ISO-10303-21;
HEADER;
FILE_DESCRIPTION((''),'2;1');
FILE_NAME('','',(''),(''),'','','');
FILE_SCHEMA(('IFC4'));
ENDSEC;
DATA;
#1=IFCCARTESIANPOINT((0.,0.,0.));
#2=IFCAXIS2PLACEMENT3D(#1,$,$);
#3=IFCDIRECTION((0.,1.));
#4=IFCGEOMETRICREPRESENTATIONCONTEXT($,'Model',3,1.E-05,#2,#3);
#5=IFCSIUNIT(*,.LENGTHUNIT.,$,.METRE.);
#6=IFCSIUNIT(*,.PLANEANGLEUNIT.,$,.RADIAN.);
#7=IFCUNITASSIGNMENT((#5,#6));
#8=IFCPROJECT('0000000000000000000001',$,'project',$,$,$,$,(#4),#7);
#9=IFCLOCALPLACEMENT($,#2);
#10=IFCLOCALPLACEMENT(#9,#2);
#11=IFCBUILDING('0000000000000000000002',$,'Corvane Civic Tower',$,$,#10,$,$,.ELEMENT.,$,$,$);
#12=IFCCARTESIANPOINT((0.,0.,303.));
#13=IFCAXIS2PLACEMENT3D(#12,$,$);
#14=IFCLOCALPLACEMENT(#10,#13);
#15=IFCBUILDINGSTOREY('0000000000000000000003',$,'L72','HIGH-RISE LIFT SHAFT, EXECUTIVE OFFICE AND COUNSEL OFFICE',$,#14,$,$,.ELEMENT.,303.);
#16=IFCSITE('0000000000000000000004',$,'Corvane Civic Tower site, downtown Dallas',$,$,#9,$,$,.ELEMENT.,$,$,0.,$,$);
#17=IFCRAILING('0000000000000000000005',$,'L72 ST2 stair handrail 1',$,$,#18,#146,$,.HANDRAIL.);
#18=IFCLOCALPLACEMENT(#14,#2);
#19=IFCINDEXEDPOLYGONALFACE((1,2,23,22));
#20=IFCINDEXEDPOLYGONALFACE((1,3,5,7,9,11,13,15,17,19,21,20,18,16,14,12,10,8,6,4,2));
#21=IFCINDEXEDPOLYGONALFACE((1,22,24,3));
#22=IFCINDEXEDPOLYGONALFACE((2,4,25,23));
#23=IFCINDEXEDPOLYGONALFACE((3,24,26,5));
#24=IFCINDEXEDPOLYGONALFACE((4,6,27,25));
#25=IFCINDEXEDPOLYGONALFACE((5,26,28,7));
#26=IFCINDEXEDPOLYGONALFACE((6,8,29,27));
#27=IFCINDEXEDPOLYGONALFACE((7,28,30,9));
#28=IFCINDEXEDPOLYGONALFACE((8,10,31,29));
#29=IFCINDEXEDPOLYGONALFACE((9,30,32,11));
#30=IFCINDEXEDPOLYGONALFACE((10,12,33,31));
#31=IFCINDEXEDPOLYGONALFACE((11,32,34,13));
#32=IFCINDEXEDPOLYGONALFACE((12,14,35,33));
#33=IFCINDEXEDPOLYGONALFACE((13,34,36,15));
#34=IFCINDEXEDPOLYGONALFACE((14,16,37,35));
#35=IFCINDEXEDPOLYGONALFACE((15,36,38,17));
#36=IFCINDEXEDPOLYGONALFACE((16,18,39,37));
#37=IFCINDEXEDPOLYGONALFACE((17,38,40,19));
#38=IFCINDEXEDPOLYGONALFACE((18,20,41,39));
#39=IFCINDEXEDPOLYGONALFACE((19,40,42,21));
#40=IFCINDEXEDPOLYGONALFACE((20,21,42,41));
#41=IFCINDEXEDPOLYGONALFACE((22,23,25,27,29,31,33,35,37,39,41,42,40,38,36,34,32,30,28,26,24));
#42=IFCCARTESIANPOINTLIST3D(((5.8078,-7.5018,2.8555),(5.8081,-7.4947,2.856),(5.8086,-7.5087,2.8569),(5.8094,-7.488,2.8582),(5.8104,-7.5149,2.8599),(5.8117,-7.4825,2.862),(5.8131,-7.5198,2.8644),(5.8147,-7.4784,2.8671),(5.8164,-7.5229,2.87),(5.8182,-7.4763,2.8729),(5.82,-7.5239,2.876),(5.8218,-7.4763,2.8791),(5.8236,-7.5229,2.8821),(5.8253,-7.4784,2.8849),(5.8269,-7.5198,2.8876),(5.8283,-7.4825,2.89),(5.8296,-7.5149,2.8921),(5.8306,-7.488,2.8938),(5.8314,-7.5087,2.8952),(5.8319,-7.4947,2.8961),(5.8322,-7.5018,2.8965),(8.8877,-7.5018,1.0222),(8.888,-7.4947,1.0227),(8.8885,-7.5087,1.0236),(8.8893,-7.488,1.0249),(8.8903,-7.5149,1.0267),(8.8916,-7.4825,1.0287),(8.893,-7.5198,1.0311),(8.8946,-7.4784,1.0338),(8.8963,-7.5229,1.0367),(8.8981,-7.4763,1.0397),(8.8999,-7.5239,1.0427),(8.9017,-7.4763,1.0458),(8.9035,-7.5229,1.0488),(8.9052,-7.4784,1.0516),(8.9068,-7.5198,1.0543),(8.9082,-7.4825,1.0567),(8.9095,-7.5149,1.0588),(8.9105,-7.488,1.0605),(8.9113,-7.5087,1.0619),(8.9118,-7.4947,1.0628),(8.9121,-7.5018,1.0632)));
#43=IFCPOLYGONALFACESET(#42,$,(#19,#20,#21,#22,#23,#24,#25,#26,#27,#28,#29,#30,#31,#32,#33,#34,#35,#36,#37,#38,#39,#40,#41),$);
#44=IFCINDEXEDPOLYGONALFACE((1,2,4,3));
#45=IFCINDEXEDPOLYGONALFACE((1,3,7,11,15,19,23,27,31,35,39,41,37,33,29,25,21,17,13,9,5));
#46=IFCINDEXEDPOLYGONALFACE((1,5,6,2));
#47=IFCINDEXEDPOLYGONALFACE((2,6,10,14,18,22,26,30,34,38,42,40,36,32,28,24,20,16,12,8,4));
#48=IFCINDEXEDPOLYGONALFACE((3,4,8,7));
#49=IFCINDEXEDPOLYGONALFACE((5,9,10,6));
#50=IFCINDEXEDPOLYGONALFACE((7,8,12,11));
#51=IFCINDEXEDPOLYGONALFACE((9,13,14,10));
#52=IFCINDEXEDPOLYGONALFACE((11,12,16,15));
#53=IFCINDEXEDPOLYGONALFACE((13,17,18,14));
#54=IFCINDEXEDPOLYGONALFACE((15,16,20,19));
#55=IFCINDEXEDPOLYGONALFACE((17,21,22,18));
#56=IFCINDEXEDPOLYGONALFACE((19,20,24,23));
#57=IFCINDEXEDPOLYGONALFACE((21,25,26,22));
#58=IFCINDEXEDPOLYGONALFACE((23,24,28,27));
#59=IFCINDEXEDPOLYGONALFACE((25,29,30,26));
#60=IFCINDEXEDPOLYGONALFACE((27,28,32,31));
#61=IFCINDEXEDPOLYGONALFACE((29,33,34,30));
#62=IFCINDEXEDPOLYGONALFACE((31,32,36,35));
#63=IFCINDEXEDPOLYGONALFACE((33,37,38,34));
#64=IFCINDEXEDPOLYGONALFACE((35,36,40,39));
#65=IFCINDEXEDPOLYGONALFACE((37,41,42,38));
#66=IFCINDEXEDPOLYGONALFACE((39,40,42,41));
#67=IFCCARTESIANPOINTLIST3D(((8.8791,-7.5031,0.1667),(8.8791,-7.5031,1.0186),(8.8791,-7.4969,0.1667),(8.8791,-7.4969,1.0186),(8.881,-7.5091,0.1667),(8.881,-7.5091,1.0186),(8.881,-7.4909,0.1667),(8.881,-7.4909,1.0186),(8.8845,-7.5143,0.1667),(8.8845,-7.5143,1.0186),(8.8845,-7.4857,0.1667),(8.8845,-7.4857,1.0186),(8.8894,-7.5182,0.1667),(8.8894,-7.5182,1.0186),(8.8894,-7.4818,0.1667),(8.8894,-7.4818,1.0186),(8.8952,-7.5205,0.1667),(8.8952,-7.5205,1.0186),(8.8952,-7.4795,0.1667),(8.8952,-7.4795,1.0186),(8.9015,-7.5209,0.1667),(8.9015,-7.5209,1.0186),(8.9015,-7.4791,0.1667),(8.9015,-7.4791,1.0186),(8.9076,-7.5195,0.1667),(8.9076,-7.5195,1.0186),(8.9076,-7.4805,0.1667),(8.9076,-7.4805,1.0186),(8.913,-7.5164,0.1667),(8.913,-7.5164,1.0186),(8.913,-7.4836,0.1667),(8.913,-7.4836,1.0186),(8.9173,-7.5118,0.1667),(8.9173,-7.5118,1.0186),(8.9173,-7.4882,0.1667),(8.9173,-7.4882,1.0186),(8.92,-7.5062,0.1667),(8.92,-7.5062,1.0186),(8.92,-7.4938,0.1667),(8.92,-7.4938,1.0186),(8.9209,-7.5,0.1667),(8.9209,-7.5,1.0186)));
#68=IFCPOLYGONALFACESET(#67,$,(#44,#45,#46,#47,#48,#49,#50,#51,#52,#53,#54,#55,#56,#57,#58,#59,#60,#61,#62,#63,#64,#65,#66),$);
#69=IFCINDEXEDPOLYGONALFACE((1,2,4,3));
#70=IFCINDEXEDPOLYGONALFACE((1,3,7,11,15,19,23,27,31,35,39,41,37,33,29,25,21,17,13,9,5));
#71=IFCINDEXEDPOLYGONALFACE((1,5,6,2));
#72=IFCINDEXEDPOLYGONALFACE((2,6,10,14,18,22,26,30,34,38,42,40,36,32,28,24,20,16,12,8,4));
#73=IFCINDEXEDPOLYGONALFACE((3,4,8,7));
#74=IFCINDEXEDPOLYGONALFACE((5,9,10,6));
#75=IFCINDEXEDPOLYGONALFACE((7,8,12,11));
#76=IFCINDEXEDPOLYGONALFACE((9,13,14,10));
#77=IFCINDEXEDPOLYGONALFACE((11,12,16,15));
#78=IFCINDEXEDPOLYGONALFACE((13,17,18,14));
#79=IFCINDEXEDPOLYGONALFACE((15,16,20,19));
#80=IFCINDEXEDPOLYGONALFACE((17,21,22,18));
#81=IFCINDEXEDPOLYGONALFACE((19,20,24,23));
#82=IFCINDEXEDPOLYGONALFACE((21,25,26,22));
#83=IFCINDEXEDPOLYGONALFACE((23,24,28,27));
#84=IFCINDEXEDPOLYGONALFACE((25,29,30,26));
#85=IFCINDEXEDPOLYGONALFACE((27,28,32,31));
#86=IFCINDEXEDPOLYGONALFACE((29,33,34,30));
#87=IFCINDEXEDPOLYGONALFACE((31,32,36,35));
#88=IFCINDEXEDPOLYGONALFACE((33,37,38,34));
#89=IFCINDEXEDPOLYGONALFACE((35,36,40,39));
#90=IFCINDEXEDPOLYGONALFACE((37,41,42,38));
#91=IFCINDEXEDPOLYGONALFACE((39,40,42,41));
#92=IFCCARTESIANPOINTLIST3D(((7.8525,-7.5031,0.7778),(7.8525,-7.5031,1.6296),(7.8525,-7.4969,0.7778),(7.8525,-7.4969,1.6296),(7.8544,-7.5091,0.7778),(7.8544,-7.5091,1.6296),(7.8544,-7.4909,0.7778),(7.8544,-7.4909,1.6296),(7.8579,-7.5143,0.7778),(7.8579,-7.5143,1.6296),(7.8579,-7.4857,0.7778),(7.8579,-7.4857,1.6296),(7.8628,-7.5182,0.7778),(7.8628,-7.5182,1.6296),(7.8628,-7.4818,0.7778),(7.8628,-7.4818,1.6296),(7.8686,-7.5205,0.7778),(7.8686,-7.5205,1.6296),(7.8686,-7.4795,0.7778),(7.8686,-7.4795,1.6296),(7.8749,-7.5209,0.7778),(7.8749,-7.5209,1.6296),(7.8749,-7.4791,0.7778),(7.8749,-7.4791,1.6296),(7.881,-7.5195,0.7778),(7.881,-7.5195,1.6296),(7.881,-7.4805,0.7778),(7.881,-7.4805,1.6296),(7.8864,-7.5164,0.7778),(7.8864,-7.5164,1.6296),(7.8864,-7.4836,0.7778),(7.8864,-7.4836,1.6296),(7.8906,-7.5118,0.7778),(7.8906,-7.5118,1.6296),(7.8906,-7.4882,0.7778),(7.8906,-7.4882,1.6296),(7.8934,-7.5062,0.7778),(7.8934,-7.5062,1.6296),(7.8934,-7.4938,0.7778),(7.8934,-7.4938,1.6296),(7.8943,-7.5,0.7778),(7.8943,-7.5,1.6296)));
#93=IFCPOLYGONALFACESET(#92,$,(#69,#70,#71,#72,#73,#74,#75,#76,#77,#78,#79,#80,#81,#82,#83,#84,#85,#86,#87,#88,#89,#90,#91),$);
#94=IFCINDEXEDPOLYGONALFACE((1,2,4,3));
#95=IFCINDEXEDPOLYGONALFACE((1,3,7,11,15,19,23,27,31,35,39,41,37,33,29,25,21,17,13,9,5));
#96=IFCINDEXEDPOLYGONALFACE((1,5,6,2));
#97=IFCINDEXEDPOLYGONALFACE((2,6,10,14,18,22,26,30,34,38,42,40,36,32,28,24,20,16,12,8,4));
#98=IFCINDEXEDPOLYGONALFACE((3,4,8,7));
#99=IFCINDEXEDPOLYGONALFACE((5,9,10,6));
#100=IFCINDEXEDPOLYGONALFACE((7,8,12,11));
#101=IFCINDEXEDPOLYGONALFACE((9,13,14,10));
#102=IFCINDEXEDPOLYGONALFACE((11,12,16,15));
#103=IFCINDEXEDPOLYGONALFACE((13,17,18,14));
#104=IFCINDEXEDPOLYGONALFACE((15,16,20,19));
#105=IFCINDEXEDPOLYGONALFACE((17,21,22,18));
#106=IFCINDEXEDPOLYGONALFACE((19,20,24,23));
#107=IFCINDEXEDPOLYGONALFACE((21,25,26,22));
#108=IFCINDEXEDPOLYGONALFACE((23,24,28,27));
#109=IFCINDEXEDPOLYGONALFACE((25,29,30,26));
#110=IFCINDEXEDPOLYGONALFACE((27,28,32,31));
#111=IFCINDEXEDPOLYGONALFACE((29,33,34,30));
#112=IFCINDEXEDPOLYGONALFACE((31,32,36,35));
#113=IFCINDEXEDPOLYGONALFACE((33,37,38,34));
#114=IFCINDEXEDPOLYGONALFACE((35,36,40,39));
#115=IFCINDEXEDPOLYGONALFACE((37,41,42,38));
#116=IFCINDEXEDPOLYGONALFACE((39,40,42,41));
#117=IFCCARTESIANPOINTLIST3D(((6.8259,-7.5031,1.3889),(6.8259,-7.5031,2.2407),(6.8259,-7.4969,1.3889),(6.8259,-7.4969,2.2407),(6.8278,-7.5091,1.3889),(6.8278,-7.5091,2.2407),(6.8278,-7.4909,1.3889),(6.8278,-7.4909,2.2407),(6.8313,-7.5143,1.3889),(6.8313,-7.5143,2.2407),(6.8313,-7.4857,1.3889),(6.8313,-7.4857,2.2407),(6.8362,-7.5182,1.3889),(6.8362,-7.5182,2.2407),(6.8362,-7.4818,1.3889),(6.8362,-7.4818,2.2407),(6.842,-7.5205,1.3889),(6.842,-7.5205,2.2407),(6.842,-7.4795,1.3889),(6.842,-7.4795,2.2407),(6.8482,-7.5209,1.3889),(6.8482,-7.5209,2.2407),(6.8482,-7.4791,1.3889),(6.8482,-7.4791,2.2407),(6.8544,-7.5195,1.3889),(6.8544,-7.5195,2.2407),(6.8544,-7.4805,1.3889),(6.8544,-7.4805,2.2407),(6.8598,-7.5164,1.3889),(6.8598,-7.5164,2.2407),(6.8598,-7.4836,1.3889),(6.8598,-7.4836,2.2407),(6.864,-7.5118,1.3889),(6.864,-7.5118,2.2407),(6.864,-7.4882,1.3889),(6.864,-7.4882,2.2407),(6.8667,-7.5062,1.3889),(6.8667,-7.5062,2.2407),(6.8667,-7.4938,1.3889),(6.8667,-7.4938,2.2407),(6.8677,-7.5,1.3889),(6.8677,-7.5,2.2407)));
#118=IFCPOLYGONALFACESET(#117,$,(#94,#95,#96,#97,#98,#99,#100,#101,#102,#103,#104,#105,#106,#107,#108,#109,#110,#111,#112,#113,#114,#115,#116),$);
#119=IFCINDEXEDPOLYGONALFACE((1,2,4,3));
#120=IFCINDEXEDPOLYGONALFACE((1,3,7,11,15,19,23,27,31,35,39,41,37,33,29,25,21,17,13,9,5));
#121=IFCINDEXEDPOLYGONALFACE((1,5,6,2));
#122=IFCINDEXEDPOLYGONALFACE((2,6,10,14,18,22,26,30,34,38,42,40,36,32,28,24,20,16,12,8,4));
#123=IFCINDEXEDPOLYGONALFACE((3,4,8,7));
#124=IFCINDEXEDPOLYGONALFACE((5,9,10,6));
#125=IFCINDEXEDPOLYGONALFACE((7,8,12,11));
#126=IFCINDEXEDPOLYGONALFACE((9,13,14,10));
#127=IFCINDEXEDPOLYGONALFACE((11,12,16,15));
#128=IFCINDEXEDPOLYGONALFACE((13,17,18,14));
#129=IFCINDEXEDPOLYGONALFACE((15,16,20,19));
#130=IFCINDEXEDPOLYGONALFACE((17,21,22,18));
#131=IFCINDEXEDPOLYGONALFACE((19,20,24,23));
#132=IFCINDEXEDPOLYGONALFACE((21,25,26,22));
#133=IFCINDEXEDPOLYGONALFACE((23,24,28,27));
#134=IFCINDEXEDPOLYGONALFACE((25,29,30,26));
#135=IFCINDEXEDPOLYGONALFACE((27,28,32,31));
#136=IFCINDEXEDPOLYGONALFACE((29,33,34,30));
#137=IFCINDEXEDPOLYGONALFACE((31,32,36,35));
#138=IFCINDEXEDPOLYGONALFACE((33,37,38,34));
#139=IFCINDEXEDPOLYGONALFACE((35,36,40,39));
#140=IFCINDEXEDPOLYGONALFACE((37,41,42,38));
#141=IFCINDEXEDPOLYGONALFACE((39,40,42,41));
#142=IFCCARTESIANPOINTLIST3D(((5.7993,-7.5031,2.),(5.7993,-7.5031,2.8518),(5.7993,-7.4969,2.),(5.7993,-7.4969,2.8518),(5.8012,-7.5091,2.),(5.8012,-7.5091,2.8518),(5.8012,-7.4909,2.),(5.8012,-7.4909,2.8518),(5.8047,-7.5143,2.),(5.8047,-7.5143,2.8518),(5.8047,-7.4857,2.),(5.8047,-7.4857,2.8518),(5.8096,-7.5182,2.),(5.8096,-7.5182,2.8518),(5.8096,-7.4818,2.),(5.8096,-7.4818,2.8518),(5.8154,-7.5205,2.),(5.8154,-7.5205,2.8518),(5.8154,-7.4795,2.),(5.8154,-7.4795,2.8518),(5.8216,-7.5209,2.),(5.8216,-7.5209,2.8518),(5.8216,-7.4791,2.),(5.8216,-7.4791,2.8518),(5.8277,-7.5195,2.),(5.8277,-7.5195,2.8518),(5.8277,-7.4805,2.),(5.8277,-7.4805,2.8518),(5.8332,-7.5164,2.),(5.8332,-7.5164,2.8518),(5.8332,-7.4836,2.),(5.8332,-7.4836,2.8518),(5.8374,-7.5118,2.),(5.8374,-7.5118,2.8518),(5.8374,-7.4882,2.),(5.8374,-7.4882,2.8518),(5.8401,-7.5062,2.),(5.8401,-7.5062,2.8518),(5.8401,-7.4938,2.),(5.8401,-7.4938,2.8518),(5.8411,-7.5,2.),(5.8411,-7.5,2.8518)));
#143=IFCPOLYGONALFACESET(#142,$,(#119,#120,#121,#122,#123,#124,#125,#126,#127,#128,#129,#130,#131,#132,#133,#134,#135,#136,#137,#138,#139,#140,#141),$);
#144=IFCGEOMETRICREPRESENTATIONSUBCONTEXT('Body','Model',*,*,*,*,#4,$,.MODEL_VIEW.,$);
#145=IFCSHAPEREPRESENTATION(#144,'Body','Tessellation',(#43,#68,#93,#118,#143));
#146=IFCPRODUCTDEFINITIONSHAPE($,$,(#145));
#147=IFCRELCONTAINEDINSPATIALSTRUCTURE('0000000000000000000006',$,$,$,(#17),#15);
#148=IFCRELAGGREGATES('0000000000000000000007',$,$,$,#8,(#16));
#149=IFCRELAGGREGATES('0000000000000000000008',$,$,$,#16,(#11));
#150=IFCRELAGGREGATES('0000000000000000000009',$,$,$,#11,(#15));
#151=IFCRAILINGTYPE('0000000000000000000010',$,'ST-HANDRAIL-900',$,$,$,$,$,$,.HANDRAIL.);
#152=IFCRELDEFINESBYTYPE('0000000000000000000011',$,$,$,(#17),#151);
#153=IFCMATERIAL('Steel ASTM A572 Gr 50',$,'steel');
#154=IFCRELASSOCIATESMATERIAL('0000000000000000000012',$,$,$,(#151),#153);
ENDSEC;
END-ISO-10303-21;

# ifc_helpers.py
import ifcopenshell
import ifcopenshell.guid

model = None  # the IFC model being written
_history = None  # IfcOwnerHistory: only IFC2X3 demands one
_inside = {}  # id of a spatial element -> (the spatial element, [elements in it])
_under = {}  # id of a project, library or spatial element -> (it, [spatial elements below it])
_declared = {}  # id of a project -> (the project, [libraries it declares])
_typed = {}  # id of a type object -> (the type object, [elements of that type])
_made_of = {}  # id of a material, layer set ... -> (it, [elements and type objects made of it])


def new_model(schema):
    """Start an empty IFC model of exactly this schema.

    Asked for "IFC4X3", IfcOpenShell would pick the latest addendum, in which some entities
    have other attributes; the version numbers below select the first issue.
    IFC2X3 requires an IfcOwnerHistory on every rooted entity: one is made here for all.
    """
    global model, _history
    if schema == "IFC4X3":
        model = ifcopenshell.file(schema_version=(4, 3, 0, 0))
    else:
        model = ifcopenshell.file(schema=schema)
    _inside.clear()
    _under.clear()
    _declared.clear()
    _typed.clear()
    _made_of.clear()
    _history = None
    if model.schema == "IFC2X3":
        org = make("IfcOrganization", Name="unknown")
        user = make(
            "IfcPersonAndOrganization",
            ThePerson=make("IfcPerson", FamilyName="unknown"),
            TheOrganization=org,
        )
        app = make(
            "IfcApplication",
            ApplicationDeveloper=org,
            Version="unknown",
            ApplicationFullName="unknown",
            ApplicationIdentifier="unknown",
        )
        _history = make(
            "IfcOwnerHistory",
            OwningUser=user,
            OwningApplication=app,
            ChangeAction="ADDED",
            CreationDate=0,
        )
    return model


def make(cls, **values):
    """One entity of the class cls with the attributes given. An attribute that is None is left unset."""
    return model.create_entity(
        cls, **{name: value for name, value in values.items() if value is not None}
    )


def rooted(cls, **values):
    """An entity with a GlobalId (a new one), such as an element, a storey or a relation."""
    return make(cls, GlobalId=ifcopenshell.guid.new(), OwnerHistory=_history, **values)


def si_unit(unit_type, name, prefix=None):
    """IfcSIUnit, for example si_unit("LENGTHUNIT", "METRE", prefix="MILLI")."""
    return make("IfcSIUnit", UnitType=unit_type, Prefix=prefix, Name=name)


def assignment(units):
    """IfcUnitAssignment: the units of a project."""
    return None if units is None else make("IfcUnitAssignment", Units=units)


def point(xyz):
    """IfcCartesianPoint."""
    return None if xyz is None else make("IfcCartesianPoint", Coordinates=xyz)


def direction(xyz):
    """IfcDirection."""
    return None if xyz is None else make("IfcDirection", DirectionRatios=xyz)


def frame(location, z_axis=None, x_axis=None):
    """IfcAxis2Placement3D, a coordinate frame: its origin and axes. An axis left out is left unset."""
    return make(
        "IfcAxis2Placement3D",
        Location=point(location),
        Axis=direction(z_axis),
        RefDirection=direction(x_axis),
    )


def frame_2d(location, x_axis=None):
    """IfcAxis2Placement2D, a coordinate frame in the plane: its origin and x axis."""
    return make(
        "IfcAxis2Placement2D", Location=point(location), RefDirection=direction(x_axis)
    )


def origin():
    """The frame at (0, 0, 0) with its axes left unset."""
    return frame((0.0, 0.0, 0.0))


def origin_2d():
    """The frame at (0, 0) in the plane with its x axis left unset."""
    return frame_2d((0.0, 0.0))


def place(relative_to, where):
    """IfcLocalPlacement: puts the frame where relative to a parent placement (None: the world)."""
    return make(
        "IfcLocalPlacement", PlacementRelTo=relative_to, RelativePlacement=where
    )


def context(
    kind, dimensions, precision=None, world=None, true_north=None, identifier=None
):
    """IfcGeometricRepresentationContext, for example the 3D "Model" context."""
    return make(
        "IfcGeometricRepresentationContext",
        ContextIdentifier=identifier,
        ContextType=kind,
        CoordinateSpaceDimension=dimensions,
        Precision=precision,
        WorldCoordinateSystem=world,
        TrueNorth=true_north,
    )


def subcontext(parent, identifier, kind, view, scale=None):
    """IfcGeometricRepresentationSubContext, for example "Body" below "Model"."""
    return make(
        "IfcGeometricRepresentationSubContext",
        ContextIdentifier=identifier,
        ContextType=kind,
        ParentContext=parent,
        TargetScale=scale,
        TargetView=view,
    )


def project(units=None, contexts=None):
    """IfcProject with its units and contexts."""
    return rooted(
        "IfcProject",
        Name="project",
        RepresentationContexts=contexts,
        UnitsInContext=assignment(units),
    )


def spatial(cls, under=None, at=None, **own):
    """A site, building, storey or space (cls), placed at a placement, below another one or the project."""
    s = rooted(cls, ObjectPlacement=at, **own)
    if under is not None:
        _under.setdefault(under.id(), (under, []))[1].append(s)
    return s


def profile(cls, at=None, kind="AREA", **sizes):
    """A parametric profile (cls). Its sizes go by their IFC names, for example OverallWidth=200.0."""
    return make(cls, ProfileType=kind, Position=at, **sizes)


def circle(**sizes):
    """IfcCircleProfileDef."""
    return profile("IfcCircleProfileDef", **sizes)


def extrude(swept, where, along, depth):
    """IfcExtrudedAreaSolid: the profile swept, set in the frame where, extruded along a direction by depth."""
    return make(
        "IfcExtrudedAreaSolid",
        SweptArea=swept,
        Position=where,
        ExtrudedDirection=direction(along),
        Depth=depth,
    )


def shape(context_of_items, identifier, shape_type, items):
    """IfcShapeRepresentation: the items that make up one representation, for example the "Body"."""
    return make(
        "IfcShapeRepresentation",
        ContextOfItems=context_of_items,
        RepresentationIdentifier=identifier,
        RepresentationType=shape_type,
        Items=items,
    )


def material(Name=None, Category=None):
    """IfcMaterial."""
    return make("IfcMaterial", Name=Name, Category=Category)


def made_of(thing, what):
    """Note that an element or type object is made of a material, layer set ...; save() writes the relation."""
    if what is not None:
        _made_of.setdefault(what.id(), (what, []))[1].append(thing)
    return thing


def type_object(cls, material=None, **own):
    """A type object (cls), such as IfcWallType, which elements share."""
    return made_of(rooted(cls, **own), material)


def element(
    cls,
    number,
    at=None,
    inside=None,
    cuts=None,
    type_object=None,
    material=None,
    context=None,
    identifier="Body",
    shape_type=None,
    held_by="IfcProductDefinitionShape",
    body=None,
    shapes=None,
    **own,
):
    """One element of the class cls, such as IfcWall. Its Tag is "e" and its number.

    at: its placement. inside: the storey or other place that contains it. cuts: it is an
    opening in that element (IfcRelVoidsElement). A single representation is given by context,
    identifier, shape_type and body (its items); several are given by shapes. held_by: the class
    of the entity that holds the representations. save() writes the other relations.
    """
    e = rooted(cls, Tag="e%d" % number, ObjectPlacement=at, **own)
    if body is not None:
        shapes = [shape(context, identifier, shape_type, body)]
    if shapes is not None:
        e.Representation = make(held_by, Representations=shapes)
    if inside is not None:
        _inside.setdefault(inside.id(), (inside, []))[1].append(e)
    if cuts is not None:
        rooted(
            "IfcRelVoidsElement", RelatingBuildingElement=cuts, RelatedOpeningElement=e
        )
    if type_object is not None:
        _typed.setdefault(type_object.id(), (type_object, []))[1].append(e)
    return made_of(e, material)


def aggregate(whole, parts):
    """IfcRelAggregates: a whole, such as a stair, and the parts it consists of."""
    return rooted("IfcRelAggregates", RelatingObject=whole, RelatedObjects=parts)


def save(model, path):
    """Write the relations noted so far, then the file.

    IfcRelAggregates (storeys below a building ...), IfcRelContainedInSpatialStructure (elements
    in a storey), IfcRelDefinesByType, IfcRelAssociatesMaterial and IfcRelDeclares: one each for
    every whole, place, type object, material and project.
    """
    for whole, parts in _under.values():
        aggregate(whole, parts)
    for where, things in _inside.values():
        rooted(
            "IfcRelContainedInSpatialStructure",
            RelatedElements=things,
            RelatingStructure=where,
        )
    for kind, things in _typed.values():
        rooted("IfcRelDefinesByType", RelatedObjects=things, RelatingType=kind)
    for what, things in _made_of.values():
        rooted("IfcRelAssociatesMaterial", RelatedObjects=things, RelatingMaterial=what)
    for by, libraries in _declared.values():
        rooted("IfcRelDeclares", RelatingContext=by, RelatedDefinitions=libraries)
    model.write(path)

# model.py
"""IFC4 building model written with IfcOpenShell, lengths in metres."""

from ifc_helpers import new_model, si_unit, direction, frame, origin, origin_2d, place, context, subcontext, project, spatial, circle, extrude, material, type_object, element, save


model = new_model("IFC4")

# Units and contexts
model_context = context("Model", 3, precision=1e-05, world=origin(), true_north=direction((0.0, 1.0)))
body_context = subcontext(model_context, "Body", "Model", "MODEL_VIEW")
ifc_project = project(units=[si_unit("LENGTHUNIT", "METRE"), si_unit("PLANEANGLEUNIT", "RADIAN")], contexts=[model_context])

# Site, building, storey
site_placement = place(None, origin())
site = spatial("IfcSite", under=ifc_project, at=site_placement, Name="Corvane Civic Tower site, downtown Dallas", CompositionType="ELEMENT", RefElevation=0.0)
building_placement = place(site_placement, origin())
building = spatial("IfcBuilding", under=site, at=building_placement, Name="Corvane Civic Tower", CompositionType="ELEMENT")
storey_placement = place(building_placement, frame((0.0, 0.0, 303.0)))
storey = spatial("IfcBuildingStorey", under=building, at=storey_placement, Name="L72", Description="HIGH-RISE LIFT SHAFT, EXECUTIVE OFFICE AND COUNSEL OFFICE", CompositionType="ELEMENT", Elevation=303.0)

# Railing
ifc_material_1 = material(Name="Steel ASTM A572 Gr 50", Category="steel")
railing_type_1 = type_object("IfcRailingType", Name="ST-HANDRAIL-900", PredefinedType="HANDRAIL", material=ifc_material_1)
railing_1_placement = place(storey_placement, frame((8.8999, -7.5, 0.1667)))
element("IfcRailing", 1, at=railing_1_placement, inside=storey, type_object=railing_type_1, Name="L72 ST2 stair handrail 1", PredefinedType="HANDRAIL", context=body_context, shape_type="SweptSolid", body=[
    extrude(circle(Radius=0.0239, at=origin_2d()), frame((0.0, 0.0, 0.876), z_axis=(-0.859291, 0.0, 0.511487), x_axis=(0.0, -1.0, 0.0)), (0.0, 0.0, 1.0), 3.5842),
    extrude(circle(Radius=0.021, at=origin_2d()), origin(), (0.0, 0.0, 1.0), 0.8518),
    extrude(circle(Radius=0.021, at=origin_2d()), frame((-1.0266, 0.0, 0.6111)), (0.0, 0.0, 1.0), 0.8518),
    extrude(circle(Radius=0.021, at=origin_2d()), frame((-2.0532, 0.0, 1.2222)), (0.0, 0.0, 1.0), 0.8518),
    extrude(circle(Radius=0.021, at=origin_2d()), frame((-3.0798, 0.0, 1.8333)), (0.0, 0.0, 1.0), 0.8518),
])

save(model, "model.ifc")
